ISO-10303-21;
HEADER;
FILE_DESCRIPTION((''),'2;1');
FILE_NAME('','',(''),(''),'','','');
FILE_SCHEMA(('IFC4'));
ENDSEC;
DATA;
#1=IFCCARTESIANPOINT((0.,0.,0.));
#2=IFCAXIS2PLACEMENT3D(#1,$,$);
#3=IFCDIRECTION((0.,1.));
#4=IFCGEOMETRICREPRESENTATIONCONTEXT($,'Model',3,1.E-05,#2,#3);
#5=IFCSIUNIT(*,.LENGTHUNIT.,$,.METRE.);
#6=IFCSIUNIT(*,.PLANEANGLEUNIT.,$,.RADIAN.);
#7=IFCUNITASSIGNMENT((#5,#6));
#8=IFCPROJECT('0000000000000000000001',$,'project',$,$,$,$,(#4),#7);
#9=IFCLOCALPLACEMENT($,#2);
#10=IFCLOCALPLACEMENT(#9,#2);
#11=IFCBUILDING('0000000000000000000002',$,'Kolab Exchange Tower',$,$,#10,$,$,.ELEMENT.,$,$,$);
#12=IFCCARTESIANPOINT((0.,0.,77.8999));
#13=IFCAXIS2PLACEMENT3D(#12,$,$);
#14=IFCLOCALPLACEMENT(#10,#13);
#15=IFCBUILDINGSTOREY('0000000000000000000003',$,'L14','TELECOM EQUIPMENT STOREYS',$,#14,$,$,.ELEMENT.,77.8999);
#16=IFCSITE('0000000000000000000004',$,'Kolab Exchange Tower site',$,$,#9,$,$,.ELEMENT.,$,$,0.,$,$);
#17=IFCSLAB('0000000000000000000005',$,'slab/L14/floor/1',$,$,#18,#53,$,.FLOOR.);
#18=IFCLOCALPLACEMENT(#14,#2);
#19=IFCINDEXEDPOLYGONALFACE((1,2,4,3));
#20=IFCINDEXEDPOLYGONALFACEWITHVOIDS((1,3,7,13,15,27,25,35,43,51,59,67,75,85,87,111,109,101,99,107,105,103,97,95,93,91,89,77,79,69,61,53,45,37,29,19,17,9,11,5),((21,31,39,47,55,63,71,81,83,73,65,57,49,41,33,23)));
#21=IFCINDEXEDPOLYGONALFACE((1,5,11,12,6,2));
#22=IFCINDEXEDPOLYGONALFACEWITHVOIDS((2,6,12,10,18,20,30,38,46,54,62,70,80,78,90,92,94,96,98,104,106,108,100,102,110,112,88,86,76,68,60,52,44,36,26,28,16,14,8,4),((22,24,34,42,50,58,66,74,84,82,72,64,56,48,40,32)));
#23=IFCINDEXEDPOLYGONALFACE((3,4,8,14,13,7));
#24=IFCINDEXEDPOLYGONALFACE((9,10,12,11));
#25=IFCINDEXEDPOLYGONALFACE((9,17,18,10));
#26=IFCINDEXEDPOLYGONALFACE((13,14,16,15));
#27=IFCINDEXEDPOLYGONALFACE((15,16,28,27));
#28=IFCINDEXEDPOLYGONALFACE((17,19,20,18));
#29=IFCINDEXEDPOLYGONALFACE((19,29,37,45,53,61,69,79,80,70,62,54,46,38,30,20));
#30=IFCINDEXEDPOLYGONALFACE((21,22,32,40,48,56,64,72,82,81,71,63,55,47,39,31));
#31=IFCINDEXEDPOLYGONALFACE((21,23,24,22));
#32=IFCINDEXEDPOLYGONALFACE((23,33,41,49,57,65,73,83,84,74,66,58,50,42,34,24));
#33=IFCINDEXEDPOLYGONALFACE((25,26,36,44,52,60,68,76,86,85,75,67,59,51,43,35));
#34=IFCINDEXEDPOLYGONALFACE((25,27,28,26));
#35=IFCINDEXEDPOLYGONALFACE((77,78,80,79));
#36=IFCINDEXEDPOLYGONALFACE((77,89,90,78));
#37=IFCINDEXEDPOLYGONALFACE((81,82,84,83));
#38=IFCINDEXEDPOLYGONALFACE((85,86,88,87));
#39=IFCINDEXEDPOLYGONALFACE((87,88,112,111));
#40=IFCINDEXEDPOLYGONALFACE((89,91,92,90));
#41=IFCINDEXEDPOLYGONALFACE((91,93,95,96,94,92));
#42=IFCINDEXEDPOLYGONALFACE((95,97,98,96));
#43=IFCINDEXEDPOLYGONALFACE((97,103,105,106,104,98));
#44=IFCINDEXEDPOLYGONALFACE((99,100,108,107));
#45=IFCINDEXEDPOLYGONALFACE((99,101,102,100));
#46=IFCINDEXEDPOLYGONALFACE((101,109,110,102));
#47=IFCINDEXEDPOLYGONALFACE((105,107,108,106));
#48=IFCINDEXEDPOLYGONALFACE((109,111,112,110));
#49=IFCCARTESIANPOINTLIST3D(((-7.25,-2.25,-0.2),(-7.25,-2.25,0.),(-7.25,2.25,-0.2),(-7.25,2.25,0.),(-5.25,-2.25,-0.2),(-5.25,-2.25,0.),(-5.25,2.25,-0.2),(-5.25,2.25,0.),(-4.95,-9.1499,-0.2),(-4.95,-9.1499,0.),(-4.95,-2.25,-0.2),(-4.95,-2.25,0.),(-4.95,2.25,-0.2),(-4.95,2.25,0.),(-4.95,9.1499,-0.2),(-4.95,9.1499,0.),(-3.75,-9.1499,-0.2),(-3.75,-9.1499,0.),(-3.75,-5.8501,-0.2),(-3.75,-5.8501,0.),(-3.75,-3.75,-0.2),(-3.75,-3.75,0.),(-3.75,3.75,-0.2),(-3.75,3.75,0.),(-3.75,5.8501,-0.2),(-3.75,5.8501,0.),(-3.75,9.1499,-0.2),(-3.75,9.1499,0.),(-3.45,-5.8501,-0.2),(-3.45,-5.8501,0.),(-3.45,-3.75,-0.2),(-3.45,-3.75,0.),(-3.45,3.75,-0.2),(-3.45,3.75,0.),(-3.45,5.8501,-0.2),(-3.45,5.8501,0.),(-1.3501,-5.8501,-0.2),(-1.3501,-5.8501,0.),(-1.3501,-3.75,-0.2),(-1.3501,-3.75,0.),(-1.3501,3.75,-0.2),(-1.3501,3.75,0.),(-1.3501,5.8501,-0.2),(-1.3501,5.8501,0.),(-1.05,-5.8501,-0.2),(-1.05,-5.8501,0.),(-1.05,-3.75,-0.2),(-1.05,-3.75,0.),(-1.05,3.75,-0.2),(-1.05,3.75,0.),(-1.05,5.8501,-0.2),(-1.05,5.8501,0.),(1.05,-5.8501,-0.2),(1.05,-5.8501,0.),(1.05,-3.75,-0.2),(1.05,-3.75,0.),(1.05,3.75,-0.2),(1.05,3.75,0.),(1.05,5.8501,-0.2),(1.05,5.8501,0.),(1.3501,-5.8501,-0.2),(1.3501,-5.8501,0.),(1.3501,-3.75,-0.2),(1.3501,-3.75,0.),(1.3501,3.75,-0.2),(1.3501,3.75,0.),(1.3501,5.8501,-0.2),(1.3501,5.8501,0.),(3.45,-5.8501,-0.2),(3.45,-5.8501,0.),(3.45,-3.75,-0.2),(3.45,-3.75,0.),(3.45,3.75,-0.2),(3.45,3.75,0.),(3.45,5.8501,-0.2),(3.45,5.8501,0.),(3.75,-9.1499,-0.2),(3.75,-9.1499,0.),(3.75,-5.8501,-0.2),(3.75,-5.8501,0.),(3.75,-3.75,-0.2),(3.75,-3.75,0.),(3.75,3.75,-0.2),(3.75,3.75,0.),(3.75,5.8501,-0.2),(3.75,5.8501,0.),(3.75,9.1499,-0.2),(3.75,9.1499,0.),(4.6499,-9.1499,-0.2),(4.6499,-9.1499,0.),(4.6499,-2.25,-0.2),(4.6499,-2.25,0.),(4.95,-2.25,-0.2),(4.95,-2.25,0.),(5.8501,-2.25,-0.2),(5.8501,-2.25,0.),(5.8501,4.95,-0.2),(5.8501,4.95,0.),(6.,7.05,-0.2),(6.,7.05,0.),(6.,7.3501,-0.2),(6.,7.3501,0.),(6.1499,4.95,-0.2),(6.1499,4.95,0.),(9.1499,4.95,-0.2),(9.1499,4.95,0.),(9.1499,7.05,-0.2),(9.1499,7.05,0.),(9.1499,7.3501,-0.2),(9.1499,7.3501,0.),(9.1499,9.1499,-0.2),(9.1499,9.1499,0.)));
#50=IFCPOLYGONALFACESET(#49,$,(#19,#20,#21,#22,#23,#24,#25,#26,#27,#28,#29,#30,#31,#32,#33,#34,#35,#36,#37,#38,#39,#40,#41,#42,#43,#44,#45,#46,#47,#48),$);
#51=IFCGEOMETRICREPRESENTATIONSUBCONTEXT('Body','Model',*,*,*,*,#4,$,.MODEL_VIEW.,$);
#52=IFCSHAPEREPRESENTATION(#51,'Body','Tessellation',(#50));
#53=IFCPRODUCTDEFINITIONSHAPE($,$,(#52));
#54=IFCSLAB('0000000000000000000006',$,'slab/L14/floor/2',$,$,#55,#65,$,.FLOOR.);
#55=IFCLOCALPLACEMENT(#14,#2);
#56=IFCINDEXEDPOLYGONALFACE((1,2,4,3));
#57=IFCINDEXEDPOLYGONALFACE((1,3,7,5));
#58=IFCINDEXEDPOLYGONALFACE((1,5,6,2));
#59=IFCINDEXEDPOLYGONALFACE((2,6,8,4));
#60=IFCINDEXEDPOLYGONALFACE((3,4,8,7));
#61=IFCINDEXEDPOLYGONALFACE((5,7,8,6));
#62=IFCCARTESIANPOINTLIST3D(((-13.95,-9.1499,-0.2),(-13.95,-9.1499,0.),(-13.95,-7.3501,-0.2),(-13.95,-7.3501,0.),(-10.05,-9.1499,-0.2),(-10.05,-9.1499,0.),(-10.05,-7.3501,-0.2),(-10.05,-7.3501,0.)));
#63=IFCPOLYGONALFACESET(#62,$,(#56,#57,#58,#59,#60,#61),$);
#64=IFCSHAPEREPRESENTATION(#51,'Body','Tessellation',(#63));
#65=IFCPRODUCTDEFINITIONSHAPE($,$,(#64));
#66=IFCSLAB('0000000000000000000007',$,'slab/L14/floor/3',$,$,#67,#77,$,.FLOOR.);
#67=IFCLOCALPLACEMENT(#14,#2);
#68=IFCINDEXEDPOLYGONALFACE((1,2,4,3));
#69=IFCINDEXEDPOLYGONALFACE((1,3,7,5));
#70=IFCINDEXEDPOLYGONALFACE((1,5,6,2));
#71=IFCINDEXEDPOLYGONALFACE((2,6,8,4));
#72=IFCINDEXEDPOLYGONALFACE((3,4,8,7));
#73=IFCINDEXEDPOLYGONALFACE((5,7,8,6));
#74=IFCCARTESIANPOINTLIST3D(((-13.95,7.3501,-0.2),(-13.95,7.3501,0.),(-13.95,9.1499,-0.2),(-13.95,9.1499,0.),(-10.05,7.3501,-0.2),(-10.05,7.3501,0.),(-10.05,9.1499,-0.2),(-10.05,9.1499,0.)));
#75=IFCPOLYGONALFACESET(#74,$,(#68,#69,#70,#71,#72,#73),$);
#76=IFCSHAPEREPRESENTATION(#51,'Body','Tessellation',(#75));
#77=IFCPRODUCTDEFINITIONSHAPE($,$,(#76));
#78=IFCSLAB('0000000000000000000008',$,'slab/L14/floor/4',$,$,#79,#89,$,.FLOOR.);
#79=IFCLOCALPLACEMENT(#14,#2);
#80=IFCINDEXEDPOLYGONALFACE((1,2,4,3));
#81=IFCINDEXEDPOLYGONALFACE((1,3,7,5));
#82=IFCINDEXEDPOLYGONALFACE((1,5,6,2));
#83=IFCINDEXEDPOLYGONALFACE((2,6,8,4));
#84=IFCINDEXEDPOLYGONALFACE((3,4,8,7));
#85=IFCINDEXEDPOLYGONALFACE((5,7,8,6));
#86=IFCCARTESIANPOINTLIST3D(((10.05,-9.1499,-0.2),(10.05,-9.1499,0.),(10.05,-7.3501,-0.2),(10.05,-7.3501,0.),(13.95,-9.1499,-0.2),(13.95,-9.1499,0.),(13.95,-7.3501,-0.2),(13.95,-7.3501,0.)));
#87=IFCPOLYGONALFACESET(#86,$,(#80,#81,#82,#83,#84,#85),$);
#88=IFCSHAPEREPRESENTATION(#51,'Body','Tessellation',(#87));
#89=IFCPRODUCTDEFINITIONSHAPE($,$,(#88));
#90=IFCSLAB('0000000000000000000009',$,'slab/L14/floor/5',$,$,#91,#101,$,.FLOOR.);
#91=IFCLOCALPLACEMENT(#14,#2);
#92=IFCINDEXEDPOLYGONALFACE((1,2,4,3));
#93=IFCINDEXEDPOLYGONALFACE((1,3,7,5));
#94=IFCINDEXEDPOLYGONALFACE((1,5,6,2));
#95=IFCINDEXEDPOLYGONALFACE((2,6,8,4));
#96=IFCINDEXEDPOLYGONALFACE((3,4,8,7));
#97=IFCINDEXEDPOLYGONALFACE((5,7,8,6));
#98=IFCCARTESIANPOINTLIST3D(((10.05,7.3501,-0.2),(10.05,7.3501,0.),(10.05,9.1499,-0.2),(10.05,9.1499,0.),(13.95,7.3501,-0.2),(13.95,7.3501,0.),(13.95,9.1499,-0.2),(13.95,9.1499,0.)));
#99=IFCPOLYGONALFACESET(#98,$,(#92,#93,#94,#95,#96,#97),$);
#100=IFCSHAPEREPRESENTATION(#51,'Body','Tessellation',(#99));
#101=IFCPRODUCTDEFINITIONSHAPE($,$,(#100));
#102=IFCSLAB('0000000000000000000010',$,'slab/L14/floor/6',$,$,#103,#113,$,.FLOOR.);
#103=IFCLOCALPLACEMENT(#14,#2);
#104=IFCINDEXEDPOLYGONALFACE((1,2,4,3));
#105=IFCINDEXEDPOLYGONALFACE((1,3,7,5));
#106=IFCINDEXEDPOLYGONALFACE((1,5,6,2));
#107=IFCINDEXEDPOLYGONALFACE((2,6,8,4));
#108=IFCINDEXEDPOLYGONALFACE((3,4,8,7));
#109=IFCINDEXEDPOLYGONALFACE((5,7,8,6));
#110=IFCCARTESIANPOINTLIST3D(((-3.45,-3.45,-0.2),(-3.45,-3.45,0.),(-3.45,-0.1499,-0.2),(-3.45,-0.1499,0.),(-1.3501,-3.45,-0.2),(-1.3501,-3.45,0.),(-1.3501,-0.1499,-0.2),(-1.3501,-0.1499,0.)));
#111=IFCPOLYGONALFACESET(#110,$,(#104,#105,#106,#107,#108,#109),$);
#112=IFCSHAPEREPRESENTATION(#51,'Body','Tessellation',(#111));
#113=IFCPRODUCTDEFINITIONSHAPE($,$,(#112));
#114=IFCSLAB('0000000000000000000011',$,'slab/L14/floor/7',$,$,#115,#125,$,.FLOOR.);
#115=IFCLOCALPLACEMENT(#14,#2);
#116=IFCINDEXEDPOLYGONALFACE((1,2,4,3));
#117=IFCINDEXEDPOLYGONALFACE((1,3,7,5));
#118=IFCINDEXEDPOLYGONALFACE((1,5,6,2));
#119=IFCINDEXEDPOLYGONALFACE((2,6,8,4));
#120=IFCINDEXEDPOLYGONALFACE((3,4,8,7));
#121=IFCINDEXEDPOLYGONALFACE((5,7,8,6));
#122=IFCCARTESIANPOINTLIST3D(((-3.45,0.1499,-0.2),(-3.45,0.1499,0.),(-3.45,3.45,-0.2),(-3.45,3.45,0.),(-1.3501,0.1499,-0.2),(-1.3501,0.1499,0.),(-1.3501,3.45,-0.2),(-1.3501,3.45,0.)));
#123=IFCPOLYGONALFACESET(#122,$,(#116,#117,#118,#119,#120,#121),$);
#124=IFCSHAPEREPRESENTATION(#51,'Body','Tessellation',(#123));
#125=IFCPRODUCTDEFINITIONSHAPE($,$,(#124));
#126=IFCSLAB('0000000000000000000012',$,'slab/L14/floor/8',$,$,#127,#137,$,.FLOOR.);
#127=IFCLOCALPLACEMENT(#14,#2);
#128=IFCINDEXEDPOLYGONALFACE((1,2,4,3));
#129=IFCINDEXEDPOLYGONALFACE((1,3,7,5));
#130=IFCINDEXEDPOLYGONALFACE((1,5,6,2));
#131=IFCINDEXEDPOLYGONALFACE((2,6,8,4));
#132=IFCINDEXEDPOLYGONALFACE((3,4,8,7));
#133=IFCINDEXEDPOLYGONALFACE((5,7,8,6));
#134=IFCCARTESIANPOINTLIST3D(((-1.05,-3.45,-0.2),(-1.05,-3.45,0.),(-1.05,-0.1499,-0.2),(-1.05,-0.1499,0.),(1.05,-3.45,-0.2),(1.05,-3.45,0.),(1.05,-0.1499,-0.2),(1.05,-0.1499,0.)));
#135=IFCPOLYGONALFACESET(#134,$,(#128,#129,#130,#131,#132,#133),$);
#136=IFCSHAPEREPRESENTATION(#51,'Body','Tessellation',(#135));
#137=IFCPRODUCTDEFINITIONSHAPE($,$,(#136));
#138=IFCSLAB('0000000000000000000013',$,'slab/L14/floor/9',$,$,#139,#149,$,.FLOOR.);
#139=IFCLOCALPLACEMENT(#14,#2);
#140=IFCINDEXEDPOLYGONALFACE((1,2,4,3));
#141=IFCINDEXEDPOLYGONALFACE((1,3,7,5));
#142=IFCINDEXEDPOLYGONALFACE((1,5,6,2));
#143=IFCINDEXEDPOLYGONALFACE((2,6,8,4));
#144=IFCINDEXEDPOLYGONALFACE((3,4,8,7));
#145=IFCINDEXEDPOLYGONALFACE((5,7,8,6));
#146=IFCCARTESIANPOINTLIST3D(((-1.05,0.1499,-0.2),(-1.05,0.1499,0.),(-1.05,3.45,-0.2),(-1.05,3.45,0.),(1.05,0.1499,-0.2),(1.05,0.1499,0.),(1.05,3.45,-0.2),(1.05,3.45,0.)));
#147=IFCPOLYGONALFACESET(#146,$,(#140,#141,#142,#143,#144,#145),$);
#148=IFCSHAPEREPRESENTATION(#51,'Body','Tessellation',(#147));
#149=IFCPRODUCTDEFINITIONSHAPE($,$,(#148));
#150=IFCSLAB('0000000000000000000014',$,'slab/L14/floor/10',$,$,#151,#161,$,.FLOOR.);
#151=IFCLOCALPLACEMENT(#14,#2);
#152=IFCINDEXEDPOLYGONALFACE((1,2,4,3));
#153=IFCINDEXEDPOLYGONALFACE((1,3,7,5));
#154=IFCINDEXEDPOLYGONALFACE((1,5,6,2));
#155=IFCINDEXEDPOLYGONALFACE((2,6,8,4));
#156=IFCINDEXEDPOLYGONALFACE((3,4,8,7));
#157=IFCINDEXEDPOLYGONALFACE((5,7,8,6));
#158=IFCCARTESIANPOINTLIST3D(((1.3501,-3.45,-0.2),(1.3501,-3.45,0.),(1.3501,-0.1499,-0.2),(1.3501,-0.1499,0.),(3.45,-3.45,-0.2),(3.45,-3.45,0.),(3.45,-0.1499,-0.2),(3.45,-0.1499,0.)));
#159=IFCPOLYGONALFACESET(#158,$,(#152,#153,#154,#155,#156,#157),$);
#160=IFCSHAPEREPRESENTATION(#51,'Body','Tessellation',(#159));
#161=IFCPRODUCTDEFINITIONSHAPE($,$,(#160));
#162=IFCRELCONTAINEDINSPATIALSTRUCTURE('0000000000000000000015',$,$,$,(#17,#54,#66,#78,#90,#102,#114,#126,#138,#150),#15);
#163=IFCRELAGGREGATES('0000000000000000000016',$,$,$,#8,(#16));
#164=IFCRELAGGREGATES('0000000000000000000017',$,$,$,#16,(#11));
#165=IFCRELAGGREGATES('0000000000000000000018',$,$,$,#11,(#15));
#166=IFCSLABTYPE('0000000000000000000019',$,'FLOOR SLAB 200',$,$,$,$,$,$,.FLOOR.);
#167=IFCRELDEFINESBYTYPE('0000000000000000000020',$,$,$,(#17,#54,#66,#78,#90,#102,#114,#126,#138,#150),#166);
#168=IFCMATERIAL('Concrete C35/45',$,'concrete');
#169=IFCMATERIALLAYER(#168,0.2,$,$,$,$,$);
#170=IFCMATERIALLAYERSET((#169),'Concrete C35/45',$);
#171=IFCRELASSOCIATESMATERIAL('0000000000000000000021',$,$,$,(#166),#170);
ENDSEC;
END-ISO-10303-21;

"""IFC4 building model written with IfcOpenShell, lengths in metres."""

from ifc_helpers import new_model, si_unit, direction, frame, origin, place, context, subcontext, project, spatial, polyline, outline, extrude, material, layer, layer_set, type_object, element, save


model = new_model("IFC4")

# Units and contexts
model_context = context("Model", 3, precision=1e-05, world=origin(), true_north=direction((0.0, 1.0)))
body_context = subcontext(model_context, "Body", "Model", "MODEL_VIEW")
ifc_project = project(units=[si_unit("LENGTHUNIT", "METRE"), si_unit("PLANEANGLEUNIT", "RADIAN")], contexts=[model_context])

# Site, building, storey
site_placement = place(None, origin())
site = spatial("IfcSite", under=ifc_project, at=site_placement, Name="Kolab Exchange Tower site", CompositionType="ELEMENT", RefElevation=0.0)
building_placement = place(site_placement, origin())
building = spatial("IfcBuilding", under=site, at=building_placement, Name="Kolab Exchange Tower", CompositionType="ELEMENT")
storey_placement = place(building_placement, frame((0.0, 0.0, 77.8999)))
storey = spatial("IfcBuildingStorey", under=building, at=storey_placement, Name="L14", Description="TELECOM EQUIPMENT STOREYS", CompositionType="ELEMENT", Elevation=77.8999)

# Slabs
ifc_material_1 = material(Name="Concrete C35/45", Category="concrete")
ifc_layer_1 = layer(ifc_material_1, 0.2)
ifc_layer_set_1 = layer_set([ifc_layer_1], Name="Concrete C35/45")
slab_type = type_object("IfcSlabType", Name="FLOOR SLAB 200", PredefinedType="FLOOR", material=ifc_layer_set_1)
slab_1_placement = place(storey_placement, frame((0.0, 0.0, -0.2)))
element("IfcSlab", 1, at=slab_1_placement, inside=storey, type_object=slab_type, Name="slab/L14/floor/1", PredefinedType="FLOOR", context=body_context, shape_type="SweptSolid", body=[
    extrude(outline(polyline([(-4.95, 9.1499), (-4.95, 2.25), (-5.25, 2.25), (-7.25, 2.25), (-7.25, -2.25), (-5.25, -2.25), (-4.95, -2.25), (-4.95, -9.1499), (-3.75, -9.1499), (-3.75, -5.8501), (-3.45, -5.8501), (-1.3501, -5.8501), (-1.05, -5.8501), (1.05, -5.8501), (1.3501, -5.8501), (3.45, -5.8501), (3.75, -5.8501), (3.75, -9.1499), (4.6499, -9.1499), (4.6499, -2.25), (4.95, -2.25), (5.8501, -2.25), (5.8501, 4.95), (6.1499, 4.95), (9.1499, 4.95), (9.1499, 7.05), (6.0, 7.05), (6.0, 7.3501), (9.1499, 7.3501), (9.1499, 9.1499), (3.75, 9.1499), (3.75, 5.8501), (3.45, 5.8501), (1.3501, 5.8501), (1.05, 5.8501), (-1.05, 5.8501), (-1.3501, 5.8501), (-3.45, 5.8501), (-3.75, 5.8501), (-3.75, 9.1499), (-4.95, 9.1499)]), holes=[polyline([(-3.75, -3.75), (-3.75, 3.75), (-3.45, 3.75), (-1.3501, 3.75), (-1.05, 3.75), (1.05, 3.75), (1.3501, 3.75), (3.45, 3.75), (3.75, 3.75), (3.75, -3.75), (3.45, -3.75), (1.3501, -3.75), (1.05, -3.75), (-1.05, -3.75), (-1.3501, -3.75), (-3.45, -3.75), (-3.75, -3.75)])]), origin(), (0.0, 0.0, 1.0), 0.2),
])
slab_2_placement = place(storey_placement, frame((0.0, 0.0, -0.2)))
element("IfcSlab", 2, at=slab_2_placement, inside=storey, type_object=slab_type, Name="slab/L14/floor/2", PredefinedType="FLOOR", context=body_context, shape_type="SweptSolid", body=[
    extrude(outline(polyline([(-10.05, -9.1499), (-10.05, -7.3501), (-13.95, -7.3501), (-13.95, -9.1499), (-10.05, -9.1499)])), origin(), (0.0, 0.0, 1.0), 0.2),
])
slab_3_placement = place(storey_placement, frame((0.0, 0.0, -0.2)))
element("IfcSlab", 3, at=slab_3_placement, inside=storey, type_object=slab_type, Name="slab/L14/floor/3", PredefinedType="FLOOR", context=body_context, shape_type="SweptSolid", body=[
    extrude(outline(polyline([(-10.05, 9.1499), (-13.95, 9.1499), (-13.95, 7.3501), (-10.05, 7.3501), (-10.05, 9.1499)])), origin(), (0.0, 0.0, 1.0), 0.2),
])
slab_4_placement = place(storey_placement, frame((0.0, 0.0, -0.2)))
element("IfcSlab", 4, at=slab_4_placement, inside=storey, type_object=slab_type, Name="slab/L14/floor/4", PredefinedType="FLOOR", context=body_context, shape_type="SweptSolid", body=[
    extrude(outline(polyline([(10.05, -9.1499), (13.95, -9.1499), (13.95, -7.3501), (10.05, -7.3501), (10.05, -9.1499)])), origin(), (0.0, 0.0, 1.0), 0.2),
])
slab_5_placement = place(storey_placement, frame((0.0, 0.0, -0.2)))
element("IfcSlab", 5, at=slab_5_placement, inside=storey, type_object=slab_type, Name="slab/L14/floor/5", PredefinedType="FLOOR", context=body_context, shape_type="SweptSolid", body=[
    extrude(outline(polyline([(13.95, 9.1499), (10.05, 9.1499), (10.05, 7.3501), (13.95, 7.3501), (13.95, 9.1499)])), origin(), (0.0, 0.0, 1.0), 0.2),
])
slab_6_placement = place(storey_placement, frame((0.0, 0.0, -0.2)))
element("IfcSlab", 6, at=slab_6_placement, inside=storey, type_object=slab_type, Name="slab/L14/floor/6", PredefinedType="FLOOR", context=body_context, shape_type="SweptSolid", body=[
    extrude(outline(polyline([(-1.3501, -3.45), (-1.3501, -0.1499), (-3.45, -0.1499), (-3.45, -3.45), (-1.3501, -3.45)])), origin(), (0.0, 0.0, 1.0), 0.2),
])
slab_7_placement = place(storey_placement, frame((0.0, 0.0, -0.2)))
element("IfcSlab", 7, at=slab_7_placement, inside=storey, type_object=slab_type, Name="slab/L14/floor/7", PredefinedType="FLOOR", context=body_context, shape_type="SweptSolid", body=[
    extrude(outline(polyline([(-1.3501, 0.1499), (-1.3501, 3.45), (-3.45, 3.45), (-3.45, 0.1499), (-1.3501, 0.1499)])), origin(), (0.0, 0.0, 1.0), 0.2),
])
slab_8_placement = place(storey_placement, frame((0.0, 0.0, -0.2)))
element("IfcSlab", 8, at=slab_8_placement, inside=storey, type_object=slab_type, Name="slab/L14/floor/8", PredefinedType="FLOOR", context=body_context, shape_type="SweptSolid", body=[
    extrude(outline(polyline([(-1.05, -0.1499), (-1.05, -3.45), (1.05, -3.45), (1.05, -0.1499), (-1.05, -0.1499)])), origin(), (0.0, 0.0, 1.0), 0.2),
])
slab_9_placement = place(storey_placement, frame((0.0, 0.0, -0.2)))
element("IfcSlab", 9, at=slab_9_placement, inside=storey, type_object=slab_type, Name="slab/L14/floor/9", PredefinedType="FLOOR", context=body_context, shape_type="SweptSolid", body=[
    extrude(outline(polyline([(-1.05, 3.45), (-1.05, 0.1499), (1.05, 0.1499), (1.05, 3.45), (-1.05, 3.45)])), origin(), (0.0, 0.0, 1.0), 0.2),
])
slab_10_placement = place(storey_placement, frame((0.0, 0.0, -0.2)))
element("IfcSlab", 10, at=slab_10_placement, inside=storey, type_object=slab_type, Name="slab/L14/floor/10", PredefinedType="FLOOR", context=body_context, shape_type="SweptSolid", body=[
    extrude(outline(polyline([(1.3501, -3.45), (3.45, -3.45), (3.45, -0.1499), (1.3501, -0.1499), (1.3501, -3.45)])), origin(), (0.0, 0.0, 1.0), 0.2),
])

save(model, "model.ifc")
